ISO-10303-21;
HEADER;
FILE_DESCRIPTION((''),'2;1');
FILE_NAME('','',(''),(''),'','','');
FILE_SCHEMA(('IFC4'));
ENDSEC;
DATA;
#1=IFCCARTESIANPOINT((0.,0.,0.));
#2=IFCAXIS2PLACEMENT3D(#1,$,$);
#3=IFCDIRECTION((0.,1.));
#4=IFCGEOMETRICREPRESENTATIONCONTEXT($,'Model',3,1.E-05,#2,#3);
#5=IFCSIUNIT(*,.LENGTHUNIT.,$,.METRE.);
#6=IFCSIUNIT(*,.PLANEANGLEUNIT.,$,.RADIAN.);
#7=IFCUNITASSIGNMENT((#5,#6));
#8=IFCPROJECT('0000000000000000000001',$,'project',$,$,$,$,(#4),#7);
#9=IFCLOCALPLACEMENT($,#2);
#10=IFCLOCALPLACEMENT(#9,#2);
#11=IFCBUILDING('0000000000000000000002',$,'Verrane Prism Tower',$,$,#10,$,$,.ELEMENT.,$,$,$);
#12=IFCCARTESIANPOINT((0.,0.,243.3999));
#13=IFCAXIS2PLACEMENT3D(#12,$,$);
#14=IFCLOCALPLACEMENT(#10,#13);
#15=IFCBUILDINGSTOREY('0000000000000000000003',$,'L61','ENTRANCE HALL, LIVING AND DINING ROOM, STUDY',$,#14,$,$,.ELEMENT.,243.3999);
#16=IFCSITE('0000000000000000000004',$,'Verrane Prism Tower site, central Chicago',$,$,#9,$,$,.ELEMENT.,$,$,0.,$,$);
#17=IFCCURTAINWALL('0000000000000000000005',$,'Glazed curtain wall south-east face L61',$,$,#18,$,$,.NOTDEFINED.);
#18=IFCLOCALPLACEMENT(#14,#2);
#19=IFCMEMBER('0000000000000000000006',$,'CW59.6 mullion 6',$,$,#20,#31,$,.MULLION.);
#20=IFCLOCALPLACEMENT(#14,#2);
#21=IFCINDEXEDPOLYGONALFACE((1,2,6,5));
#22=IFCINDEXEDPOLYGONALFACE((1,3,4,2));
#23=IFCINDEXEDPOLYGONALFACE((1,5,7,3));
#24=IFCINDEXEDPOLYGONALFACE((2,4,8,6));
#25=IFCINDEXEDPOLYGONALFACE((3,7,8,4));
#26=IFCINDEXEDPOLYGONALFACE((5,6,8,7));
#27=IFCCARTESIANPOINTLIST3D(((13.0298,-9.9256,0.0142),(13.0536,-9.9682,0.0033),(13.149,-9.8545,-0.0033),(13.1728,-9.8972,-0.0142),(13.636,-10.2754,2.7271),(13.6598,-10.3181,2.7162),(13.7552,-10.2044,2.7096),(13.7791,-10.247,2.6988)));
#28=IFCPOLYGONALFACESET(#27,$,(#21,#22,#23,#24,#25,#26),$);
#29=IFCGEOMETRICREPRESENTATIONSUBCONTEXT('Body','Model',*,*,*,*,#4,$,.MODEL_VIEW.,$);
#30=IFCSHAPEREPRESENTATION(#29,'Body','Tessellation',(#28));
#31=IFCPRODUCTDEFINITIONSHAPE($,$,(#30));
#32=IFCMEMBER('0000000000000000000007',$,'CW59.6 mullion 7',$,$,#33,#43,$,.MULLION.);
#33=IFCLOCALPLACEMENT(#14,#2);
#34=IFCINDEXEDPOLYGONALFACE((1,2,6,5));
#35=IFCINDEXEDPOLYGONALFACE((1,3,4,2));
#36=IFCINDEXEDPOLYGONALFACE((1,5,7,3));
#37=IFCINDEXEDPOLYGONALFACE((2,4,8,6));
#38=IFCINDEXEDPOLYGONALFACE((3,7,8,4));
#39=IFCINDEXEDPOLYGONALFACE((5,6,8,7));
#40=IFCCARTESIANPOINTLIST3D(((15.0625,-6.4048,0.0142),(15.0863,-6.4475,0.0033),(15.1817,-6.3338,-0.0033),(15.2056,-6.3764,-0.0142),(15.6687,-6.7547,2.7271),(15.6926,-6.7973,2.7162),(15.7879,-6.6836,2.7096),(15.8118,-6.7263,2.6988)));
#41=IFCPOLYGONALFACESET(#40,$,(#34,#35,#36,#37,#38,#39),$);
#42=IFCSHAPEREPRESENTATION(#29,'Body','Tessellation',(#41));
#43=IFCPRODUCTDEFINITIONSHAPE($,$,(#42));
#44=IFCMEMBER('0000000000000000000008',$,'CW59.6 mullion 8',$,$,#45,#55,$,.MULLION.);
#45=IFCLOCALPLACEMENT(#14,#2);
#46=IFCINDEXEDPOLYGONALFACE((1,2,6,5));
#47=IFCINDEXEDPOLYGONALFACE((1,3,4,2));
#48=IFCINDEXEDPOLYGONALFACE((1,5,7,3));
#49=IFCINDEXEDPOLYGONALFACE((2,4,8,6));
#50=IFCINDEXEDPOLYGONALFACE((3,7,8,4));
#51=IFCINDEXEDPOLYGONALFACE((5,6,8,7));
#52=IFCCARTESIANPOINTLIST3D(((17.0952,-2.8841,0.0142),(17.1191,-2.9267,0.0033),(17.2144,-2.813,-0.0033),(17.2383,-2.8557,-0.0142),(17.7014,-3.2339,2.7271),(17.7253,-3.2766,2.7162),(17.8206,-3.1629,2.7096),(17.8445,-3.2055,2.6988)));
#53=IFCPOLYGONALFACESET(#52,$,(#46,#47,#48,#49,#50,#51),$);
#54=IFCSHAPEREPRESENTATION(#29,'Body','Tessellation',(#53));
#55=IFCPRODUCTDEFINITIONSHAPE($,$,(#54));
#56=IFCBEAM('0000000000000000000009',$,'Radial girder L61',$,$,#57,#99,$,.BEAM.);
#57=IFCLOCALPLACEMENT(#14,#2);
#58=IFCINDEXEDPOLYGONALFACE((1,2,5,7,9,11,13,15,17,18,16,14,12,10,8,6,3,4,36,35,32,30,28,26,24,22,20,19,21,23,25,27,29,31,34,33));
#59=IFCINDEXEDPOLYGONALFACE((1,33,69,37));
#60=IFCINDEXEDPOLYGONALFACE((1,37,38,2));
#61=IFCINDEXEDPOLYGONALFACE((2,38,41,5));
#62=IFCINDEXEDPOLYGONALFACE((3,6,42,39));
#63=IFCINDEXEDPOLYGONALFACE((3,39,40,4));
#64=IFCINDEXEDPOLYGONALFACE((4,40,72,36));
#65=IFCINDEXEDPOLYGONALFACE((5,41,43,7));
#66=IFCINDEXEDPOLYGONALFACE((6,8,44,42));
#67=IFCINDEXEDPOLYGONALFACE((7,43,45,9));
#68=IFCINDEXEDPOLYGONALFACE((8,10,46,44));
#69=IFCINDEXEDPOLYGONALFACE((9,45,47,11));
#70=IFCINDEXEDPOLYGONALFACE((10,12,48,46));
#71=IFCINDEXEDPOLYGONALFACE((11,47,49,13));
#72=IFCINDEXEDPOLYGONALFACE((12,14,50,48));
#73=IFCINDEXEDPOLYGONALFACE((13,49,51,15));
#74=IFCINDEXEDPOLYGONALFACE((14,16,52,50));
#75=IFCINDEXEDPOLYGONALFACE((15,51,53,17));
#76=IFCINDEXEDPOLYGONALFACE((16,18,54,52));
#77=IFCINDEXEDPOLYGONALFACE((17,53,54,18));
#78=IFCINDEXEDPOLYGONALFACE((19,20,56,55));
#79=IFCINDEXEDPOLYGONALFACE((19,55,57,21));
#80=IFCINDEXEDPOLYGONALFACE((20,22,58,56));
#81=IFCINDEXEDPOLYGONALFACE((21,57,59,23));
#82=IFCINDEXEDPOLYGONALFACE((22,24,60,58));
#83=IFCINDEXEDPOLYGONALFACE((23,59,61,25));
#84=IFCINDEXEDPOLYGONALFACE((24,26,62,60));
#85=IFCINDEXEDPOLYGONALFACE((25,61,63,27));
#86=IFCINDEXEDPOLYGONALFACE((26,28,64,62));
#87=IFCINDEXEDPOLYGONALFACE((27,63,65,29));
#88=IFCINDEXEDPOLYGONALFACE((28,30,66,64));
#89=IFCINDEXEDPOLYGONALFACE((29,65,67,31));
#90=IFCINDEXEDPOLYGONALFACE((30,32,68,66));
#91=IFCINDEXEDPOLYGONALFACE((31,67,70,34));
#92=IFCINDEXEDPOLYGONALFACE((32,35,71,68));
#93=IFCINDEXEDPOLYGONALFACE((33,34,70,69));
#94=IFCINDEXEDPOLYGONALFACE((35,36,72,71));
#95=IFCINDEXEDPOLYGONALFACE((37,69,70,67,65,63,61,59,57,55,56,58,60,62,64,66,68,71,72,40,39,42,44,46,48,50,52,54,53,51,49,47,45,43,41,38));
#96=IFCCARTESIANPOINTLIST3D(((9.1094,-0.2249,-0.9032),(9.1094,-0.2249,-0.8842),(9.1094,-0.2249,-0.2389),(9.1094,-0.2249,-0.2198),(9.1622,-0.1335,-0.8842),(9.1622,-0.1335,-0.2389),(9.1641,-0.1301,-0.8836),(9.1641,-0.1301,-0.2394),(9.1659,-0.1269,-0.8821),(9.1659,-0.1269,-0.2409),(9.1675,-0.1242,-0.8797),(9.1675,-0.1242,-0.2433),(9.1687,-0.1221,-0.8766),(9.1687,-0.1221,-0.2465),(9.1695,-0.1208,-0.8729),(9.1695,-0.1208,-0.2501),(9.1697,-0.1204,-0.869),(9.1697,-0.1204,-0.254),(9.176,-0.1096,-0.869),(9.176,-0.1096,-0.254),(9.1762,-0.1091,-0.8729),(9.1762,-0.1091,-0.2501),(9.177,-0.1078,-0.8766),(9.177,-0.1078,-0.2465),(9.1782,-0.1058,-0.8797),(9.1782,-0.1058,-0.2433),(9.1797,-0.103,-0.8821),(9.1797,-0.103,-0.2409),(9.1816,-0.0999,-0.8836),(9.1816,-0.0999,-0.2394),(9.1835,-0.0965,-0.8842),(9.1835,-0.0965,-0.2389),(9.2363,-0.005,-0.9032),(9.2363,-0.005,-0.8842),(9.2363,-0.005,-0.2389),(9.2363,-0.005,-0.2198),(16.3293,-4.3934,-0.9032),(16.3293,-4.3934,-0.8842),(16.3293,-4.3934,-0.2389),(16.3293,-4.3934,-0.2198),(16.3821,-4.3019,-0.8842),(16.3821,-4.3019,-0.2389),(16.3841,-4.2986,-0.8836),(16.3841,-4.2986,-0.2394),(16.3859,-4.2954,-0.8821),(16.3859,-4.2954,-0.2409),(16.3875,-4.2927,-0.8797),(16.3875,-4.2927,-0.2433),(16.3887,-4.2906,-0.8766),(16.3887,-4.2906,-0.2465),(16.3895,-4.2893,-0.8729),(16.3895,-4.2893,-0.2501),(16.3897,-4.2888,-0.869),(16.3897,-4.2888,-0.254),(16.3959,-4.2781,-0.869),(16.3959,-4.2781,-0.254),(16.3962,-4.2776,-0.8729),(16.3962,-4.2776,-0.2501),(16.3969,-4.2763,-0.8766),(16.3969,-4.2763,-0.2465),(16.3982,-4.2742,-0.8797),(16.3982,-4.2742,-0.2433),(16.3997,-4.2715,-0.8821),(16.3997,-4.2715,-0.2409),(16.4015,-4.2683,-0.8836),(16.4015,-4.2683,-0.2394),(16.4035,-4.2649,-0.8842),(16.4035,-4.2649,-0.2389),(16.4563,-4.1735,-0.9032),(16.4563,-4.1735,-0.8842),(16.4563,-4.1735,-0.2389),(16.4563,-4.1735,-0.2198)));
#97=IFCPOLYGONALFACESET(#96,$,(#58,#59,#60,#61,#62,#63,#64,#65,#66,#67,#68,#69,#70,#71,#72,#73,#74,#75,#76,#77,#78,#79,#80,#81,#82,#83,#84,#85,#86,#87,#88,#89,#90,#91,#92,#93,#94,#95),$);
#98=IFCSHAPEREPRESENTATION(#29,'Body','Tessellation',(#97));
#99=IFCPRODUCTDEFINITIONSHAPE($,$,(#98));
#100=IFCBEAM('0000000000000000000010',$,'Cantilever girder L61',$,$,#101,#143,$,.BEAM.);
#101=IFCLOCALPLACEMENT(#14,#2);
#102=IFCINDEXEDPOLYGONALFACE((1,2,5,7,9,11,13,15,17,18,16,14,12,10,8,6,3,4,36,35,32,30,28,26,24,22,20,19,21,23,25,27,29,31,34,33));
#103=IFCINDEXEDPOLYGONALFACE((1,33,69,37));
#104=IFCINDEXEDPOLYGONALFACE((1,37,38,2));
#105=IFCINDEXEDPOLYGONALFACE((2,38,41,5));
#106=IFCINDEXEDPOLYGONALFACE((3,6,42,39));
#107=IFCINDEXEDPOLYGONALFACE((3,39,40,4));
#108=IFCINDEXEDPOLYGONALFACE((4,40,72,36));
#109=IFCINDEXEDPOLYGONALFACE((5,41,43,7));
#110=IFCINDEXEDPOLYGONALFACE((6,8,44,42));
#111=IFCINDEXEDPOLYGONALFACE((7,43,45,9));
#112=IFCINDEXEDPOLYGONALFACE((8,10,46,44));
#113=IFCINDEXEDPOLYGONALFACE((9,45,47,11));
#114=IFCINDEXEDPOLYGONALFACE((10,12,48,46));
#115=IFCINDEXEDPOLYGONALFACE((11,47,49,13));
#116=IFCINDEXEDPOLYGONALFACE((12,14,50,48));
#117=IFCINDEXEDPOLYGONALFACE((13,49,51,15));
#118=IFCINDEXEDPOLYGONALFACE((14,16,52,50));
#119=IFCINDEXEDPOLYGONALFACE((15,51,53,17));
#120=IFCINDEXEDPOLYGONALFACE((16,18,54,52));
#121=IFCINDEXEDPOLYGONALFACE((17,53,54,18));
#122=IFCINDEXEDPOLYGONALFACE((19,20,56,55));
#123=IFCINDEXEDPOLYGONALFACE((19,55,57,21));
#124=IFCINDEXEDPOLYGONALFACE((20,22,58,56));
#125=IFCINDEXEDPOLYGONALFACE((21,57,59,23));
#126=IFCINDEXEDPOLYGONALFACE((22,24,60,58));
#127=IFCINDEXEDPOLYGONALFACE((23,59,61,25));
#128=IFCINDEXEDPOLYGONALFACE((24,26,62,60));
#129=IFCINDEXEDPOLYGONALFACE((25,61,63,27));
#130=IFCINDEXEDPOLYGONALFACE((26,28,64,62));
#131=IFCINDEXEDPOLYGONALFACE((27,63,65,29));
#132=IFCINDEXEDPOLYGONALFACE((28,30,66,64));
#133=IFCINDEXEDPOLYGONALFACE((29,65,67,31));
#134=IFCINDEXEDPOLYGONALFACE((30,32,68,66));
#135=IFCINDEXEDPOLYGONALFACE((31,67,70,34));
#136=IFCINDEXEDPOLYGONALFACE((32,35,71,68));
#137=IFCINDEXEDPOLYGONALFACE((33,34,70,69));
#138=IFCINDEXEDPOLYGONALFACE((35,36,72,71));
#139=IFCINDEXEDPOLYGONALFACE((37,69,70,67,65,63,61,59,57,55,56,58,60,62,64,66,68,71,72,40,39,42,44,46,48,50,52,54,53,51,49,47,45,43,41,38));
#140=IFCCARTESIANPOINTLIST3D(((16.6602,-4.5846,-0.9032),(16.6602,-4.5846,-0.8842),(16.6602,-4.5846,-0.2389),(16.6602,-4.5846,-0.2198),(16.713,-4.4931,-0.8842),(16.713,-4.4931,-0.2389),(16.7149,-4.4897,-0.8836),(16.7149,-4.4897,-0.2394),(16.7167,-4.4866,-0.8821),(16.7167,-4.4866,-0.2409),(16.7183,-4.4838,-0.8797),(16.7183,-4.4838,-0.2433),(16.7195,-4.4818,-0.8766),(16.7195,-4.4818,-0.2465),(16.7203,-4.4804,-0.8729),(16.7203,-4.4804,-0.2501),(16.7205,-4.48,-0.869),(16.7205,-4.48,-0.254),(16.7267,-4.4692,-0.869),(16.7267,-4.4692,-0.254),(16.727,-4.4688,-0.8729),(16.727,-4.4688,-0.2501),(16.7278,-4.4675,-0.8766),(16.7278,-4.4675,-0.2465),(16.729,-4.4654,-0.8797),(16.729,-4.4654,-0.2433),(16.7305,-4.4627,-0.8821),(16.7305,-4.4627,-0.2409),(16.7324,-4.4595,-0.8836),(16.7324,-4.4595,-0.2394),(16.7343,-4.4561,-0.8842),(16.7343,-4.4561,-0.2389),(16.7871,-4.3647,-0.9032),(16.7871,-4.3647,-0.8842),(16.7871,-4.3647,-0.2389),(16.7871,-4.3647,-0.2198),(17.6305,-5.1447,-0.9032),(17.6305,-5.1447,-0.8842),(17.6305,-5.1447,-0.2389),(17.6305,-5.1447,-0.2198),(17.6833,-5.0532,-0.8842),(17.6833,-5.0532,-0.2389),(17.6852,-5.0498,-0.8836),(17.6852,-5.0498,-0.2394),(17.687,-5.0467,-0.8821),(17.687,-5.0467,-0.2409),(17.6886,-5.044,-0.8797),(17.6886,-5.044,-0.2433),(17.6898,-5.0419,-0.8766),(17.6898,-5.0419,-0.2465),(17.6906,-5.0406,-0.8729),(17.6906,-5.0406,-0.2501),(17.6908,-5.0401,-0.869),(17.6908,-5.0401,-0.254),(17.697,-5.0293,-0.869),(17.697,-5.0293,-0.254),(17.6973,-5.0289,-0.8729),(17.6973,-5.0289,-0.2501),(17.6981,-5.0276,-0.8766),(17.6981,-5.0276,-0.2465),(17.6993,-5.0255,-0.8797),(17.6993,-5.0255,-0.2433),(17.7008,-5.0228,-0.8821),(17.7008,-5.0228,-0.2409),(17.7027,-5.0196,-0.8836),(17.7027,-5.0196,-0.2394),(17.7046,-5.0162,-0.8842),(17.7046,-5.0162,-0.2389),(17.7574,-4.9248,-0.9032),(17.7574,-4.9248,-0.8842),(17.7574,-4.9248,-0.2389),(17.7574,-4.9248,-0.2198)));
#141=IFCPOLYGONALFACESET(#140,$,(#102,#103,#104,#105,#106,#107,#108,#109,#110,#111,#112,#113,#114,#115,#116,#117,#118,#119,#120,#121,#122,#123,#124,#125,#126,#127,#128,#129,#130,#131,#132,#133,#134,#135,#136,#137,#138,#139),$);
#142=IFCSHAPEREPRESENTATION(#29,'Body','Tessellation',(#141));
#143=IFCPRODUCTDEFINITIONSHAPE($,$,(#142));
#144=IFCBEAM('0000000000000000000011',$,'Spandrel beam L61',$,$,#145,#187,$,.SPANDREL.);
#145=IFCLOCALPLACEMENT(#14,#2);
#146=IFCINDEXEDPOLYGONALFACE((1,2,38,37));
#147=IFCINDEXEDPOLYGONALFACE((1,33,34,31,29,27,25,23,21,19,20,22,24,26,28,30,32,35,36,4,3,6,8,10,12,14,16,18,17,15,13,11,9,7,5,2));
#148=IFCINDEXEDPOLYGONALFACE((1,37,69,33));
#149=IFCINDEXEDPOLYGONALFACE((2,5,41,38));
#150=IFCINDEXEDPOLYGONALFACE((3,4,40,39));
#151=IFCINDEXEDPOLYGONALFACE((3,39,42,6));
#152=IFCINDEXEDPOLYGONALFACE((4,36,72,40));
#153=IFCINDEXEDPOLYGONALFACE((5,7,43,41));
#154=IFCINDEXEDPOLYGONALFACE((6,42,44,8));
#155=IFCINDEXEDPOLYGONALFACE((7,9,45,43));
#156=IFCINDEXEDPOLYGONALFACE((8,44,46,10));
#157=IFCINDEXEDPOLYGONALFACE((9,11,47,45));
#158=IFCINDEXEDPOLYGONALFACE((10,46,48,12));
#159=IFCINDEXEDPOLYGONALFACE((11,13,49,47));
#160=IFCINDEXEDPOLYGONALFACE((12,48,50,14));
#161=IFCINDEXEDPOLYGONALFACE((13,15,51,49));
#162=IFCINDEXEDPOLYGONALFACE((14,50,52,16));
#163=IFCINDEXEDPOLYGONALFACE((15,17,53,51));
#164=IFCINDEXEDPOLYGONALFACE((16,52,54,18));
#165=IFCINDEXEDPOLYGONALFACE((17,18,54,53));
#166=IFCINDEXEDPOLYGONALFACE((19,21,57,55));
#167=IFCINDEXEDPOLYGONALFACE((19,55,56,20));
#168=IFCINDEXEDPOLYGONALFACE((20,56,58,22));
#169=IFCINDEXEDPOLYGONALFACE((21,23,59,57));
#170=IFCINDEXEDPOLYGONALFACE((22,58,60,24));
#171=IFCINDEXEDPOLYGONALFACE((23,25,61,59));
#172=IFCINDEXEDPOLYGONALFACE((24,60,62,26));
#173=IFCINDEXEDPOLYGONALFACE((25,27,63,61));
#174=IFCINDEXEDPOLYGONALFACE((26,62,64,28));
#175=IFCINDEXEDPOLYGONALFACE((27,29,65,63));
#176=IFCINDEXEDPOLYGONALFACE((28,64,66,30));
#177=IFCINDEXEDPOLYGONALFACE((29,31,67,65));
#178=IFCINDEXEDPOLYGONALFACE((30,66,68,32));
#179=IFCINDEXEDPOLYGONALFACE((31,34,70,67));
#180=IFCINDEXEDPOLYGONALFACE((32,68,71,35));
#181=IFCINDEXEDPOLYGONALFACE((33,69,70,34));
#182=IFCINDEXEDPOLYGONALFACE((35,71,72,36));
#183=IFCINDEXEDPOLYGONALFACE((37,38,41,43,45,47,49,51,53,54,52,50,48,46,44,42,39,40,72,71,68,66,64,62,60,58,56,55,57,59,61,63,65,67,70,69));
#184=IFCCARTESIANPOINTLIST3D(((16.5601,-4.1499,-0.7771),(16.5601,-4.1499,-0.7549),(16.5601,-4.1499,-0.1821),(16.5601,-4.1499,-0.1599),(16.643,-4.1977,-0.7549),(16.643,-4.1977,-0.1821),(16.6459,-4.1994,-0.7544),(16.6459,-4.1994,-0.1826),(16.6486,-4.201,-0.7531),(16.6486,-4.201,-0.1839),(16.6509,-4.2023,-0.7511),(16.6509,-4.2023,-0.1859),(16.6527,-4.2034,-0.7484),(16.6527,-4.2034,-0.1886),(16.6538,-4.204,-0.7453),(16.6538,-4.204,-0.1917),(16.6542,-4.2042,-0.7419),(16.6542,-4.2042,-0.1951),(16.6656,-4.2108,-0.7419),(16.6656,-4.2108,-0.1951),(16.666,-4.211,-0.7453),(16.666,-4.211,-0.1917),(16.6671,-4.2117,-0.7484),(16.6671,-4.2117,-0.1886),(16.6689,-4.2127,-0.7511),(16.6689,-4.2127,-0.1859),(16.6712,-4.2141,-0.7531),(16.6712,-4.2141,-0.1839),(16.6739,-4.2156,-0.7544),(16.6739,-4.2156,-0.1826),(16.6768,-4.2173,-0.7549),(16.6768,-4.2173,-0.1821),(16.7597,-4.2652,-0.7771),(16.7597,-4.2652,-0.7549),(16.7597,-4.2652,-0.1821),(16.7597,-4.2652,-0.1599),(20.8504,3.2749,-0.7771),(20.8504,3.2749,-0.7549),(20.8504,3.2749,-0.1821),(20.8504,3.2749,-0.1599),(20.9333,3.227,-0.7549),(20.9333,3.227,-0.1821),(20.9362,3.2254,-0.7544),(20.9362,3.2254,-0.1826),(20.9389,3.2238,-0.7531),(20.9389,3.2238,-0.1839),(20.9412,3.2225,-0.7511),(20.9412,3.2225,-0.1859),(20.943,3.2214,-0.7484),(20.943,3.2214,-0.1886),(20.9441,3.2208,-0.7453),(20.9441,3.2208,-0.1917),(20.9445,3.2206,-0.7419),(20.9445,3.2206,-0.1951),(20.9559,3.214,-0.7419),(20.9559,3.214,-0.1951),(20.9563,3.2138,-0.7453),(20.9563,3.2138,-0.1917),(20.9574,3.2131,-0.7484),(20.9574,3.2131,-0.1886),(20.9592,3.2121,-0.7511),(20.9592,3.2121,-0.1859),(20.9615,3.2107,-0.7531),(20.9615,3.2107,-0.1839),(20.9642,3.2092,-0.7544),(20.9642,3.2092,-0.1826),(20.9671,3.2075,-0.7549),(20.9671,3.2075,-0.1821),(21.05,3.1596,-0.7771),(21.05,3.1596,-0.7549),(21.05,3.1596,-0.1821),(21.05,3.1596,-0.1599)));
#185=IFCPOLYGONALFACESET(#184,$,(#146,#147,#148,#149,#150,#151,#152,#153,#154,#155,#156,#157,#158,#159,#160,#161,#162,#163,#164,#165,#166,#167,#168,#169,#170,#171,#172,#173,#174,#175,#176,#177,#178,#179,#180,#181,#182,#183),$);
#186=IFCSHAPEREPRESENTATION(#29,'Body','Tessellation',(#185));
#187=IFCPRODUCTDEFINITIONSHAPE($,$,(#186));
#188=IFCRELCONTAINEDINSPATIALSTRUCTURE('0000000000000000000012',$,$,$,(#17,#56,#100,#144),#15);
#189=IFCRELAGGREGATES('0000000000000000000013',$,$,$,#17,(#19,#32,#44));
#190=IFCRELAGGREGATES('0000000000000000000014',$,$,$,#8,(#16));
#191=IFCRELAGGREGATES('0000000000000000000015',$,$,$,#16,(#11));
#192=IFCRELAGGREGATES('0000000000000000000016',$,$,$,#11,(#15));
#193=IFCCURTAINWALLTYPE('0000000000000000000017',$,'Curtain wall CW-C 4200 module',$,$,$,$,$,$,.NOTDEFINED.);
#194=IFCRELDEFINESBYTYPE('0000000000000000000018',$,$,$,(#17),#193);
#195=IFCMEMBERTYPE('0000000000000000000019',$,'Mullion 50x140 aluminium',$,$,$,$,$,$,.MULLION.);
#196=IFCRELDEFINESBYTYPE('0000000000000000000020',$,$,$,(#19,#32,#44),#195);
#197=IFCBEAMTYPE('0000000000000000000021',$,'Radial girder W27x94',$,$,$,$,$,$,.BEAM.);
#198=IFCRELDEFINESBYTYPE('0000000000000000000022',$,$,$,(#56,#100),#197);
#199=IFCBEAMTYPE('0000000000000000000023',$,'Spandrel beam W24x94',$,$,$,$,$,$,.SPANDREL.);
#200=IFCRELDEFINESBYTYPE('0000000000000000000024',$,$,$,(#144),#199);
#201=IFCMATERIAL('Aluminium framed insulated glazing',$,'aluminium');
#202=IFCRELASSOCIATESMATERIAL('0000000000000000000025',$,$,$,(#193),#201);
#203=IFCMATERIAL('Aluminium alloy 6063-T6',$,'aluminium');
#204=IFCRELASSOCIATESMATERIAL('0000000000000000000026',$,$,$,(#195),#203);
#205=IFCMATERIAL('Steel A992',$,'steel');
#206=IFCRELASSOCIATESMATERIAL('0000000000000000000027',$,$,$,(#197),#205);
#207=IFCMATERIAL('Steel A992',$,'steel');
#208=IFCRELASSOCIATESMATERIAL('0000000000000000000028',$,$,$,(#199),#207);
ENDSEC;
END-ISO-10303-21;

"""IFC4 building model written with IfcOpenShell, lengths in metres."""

from ifc_helpers import new_model, si_unit, direction, frame, origin, origin_2d, place, context, subcontext, project, spatial, rectangle, i_section, extrude, material, material_profile, profile_set, type_object, element, aggregate, save


model = new_model("IFC4")

# Units and contexts
model_context = context("Model", 3, precision=1e-05, world=origin(), true_north=direction((0.0, 1.0)))
body_context = subcontext(model_context, "Body", "Model", "MODEL_VIEW")
ifc_project = project(units=[si_unit("LENGTHUNIT", "METRE"), si_unit("PLANEANGLEUNIT", "RADIAN")], contexts=[model_context])

# Site, building, storey
site_placement = place(None, origin())
site = spatial("IfcSite", under=ifc_project, at=site_placement, Name="Verrane Prism Tower site, central Chicago", CompositionType="ELEMENT", RefElevation=0.0)
building_placement = place(site_placement, origin())
building = spatial("IfcBuilding", under=site, at=building_placement, Name="Verrane Prism Tower", CompositionType="ELEMENT")
storey_placement = place(building_placement, frame((0.0, 0.0, 243.3999)))
storey = spatial("IfcBuildingStorey", under=building, at=storey_placement, Name="L61", Description="ENTRANCE HALL, LIVING AND DINING ROOM, STUDY", CompositionType="ELEMENT", Elevation=243.3999)

# Curtain wall, members
ifc_material_1 = material(Name="Aluminium framed insulated glazing", Category="aluminium")
curtain_wall_type = type_object("IfcCurtainWallType", Name="Curtain wall CW-C 4200 module", PredefinedType="NOTDEFINED", material=ifc_material_1)
curtain_wall_placement = place(storey_placement, origin())
curtain_wall = element("IfcCurtainWall", 1, at=curtain_wall_placement, inside=storey, type_object=curtain_wall_type, Name="Glazed curtain wall south-east face L61", PredefinedType="NOTDEFINED")
ifc_material_2 = material(Name="Aluminium alloy 6063-T6", Category="aluminium")
ifc_material_profile_1 = material_profile(ifc_material_2, rectangle(XDim=0.1399, YDim=0.05, at=origin_2d()), Name="Mullion 50x140 aluminium")
ifc_profile_set_1 = profile_set([ifc_material_profile_1], Name="Aluminium alloy 6063-T6")
member_type_1 = type_object("IfcMemberType", Name="Mullion 50x140 aluminium", PredefinedType="MULLION", material=ifc_profile_set_1)
member_1_placement = place(storey_placement, frame((13.1013, -9.9114, 0.0), z_axis=(0.216367, -0.124871, 0.968294), x_axis=(-0.85221, -0.508072, 0.124907)))
member_1 = element("IfcMember", 2, at=member_1_placement, type_object=member_type_1, Name="CW59.6 mullion 6", PredefinedType="MULLION", context=body_context, shape_type="SweptSolid", body=[
    extrude(rectangle(XDim=0.1399, YDim=0.05, at=origin_2d()), origin(), (0.0, 0.0, 1.0), 2.8018),
])
member_2_placement = place(storey_placement, frame((15.134, -6.3906, 0.0), z_axis=(0.216367, -0.124871, 0.968294), x_axis=(-0.85221, -0.508072, 0.124907)))
member_2 = element("IfcMember", 3, at=member_2_placement, type_object=member_type_1, Name="CW59.6 mullion 7", PredefinedType="MULLION", context=body_context, shape_type="SweptSolid", body=[
    extrude(rectangle(XDim=0.1399, YDim=0.05, at=origin_2d()), origin(), (0.0, 0.0, 1.0), 2.8018),
])
member_3_placement = place(storey_placement, frame((17.1667, -2.8699, 0.0), z_axis=(0.216367, -0.124871, 0.968294), x_axis=(-0.85221, -0.508072, 0.124907)))
member_3 = element("IfcMember", 4, at=member_3_placement, type_object=member_type_1, Name="CW59.6 mullion 8", PredefinedType="MULLION", context=body_context, shape_type="SweptSolid", body=[
    extrude(rectangle(XDim=0.1399, YDim=0.05, at=origin_2d()), origin(), (0.0, 0.0, 1.0), 2.8018),
])

# Beams
ifc_material_3 = material(Name="Steel A992", Category="steel")
ifc_material_profile_2 = material_profile(ifc_material_3, i_section(OverallWidth=0.2539, OverallDepth=0.6833, WebThickness=0.0125, FlangeThickness=0.019, FilletRadius=0.0151, at=origin_2d()), Name="W27x94")
ifc_profile_set_2 = profile_set([ifc_material_profile_2], Name="Steel A992")
beam_type_1 = type_object("IfcBeamType", Name="Radial girder W27x94", PredefinedType="BEAM", material=ifc_profile_set_2)
beam_1_placement = place(storey_placement, frame((16.3928, -4.2834, -0.5615), z_axis=(-0.866025, 0.5, 0.0), x_axis=(-0.5, -0.866025, 0.0)))
element("IfcBeam", 5, at=beam_1_placement, inside=storey, type_object=beam_type_1, Name="Radial girder L61", PredefinedType="BEAM", context=body_context, shape_type="SweptSolid", body=[
    extrude(i_section(OverallWidth=0.2539, OverallDepth=0.6833, WebThickness=0.0125, FlangeThickness=0.019, FilletRadius=0.0151, at=origin_2d()), origin(), (0.0, 0.0, 1.0), 8.3369),
])
beam_2_placement = place(storey_placement, frame((16.7236, -4.4746, -0.5615), z_axis=(0.866062, -0.499936, 0.0), x_axis=(0.499936, 0.866062, 0.0)))
element("IfcBeam", 6, at=beam_2_placement, inside=storey, type_object=beam_type_1, Name="Cantilever girder L61", PredefinedType="BEAM", context=body_context, shape_type="SweptSolid", body=[
    extrude(i_section(OverallWidth=0.2539, OverallDepth=0.6833, WebThickness=0.0125, FlangeThickness=0.019, FilletRadius=0.0151, at=origin_2d()), origin(), (0.0, 0.0, 1.0), 1.1204),
])
ifc_material_4 = material(Name="Steel A992", Category="steel")
ifc_material_profile_3 = material_profile(ifc_material_4, i_section(OverallWidth=0.2305, OverallDepth=0.6172, WebThickness=0.0132, FlangeThickness=0.0222, FilletRadius=0.0129, at=origin_2d()), Name="W24x94")
ifc_profile_set_3 = profile_set([ifc_material_profile_3], Name="Steel A992")
beam_type_2 = type_object("IfcBeamType", Name="Spandrel beam W24x94", PredefinedType="SPANDREL", material=ifc_profile_set_3)
beam_3_placement = place(storey_placement, frame((16.6599, -4.2075, -0.4685), z_axis=(0.500312, 0.865845, 0.0), x_axis=(-0.865845, 0.500312, 0.0)))
element("IfcBeam", 7, at=beam_3_placement, inside=storey, type_object=beam_type_2, Name="Spandrel beam L61", PredefinedType="SPANDREL", context=body_context, shape_type="SweptSolid", body=[
    extrude(i_section(OverallWidth=0.2305, OverallDepth=0.6172, WebThickness=0.0132, FlangeThickness=0.0222, FilletRadius=0.0129, at=origin_2d()), origin(), (0.0, 0.0, 1.0), 8.5752),
])

aggregate(curtain_wall, [member_1, member_2, member_3])

save(model, "model.ifc")
